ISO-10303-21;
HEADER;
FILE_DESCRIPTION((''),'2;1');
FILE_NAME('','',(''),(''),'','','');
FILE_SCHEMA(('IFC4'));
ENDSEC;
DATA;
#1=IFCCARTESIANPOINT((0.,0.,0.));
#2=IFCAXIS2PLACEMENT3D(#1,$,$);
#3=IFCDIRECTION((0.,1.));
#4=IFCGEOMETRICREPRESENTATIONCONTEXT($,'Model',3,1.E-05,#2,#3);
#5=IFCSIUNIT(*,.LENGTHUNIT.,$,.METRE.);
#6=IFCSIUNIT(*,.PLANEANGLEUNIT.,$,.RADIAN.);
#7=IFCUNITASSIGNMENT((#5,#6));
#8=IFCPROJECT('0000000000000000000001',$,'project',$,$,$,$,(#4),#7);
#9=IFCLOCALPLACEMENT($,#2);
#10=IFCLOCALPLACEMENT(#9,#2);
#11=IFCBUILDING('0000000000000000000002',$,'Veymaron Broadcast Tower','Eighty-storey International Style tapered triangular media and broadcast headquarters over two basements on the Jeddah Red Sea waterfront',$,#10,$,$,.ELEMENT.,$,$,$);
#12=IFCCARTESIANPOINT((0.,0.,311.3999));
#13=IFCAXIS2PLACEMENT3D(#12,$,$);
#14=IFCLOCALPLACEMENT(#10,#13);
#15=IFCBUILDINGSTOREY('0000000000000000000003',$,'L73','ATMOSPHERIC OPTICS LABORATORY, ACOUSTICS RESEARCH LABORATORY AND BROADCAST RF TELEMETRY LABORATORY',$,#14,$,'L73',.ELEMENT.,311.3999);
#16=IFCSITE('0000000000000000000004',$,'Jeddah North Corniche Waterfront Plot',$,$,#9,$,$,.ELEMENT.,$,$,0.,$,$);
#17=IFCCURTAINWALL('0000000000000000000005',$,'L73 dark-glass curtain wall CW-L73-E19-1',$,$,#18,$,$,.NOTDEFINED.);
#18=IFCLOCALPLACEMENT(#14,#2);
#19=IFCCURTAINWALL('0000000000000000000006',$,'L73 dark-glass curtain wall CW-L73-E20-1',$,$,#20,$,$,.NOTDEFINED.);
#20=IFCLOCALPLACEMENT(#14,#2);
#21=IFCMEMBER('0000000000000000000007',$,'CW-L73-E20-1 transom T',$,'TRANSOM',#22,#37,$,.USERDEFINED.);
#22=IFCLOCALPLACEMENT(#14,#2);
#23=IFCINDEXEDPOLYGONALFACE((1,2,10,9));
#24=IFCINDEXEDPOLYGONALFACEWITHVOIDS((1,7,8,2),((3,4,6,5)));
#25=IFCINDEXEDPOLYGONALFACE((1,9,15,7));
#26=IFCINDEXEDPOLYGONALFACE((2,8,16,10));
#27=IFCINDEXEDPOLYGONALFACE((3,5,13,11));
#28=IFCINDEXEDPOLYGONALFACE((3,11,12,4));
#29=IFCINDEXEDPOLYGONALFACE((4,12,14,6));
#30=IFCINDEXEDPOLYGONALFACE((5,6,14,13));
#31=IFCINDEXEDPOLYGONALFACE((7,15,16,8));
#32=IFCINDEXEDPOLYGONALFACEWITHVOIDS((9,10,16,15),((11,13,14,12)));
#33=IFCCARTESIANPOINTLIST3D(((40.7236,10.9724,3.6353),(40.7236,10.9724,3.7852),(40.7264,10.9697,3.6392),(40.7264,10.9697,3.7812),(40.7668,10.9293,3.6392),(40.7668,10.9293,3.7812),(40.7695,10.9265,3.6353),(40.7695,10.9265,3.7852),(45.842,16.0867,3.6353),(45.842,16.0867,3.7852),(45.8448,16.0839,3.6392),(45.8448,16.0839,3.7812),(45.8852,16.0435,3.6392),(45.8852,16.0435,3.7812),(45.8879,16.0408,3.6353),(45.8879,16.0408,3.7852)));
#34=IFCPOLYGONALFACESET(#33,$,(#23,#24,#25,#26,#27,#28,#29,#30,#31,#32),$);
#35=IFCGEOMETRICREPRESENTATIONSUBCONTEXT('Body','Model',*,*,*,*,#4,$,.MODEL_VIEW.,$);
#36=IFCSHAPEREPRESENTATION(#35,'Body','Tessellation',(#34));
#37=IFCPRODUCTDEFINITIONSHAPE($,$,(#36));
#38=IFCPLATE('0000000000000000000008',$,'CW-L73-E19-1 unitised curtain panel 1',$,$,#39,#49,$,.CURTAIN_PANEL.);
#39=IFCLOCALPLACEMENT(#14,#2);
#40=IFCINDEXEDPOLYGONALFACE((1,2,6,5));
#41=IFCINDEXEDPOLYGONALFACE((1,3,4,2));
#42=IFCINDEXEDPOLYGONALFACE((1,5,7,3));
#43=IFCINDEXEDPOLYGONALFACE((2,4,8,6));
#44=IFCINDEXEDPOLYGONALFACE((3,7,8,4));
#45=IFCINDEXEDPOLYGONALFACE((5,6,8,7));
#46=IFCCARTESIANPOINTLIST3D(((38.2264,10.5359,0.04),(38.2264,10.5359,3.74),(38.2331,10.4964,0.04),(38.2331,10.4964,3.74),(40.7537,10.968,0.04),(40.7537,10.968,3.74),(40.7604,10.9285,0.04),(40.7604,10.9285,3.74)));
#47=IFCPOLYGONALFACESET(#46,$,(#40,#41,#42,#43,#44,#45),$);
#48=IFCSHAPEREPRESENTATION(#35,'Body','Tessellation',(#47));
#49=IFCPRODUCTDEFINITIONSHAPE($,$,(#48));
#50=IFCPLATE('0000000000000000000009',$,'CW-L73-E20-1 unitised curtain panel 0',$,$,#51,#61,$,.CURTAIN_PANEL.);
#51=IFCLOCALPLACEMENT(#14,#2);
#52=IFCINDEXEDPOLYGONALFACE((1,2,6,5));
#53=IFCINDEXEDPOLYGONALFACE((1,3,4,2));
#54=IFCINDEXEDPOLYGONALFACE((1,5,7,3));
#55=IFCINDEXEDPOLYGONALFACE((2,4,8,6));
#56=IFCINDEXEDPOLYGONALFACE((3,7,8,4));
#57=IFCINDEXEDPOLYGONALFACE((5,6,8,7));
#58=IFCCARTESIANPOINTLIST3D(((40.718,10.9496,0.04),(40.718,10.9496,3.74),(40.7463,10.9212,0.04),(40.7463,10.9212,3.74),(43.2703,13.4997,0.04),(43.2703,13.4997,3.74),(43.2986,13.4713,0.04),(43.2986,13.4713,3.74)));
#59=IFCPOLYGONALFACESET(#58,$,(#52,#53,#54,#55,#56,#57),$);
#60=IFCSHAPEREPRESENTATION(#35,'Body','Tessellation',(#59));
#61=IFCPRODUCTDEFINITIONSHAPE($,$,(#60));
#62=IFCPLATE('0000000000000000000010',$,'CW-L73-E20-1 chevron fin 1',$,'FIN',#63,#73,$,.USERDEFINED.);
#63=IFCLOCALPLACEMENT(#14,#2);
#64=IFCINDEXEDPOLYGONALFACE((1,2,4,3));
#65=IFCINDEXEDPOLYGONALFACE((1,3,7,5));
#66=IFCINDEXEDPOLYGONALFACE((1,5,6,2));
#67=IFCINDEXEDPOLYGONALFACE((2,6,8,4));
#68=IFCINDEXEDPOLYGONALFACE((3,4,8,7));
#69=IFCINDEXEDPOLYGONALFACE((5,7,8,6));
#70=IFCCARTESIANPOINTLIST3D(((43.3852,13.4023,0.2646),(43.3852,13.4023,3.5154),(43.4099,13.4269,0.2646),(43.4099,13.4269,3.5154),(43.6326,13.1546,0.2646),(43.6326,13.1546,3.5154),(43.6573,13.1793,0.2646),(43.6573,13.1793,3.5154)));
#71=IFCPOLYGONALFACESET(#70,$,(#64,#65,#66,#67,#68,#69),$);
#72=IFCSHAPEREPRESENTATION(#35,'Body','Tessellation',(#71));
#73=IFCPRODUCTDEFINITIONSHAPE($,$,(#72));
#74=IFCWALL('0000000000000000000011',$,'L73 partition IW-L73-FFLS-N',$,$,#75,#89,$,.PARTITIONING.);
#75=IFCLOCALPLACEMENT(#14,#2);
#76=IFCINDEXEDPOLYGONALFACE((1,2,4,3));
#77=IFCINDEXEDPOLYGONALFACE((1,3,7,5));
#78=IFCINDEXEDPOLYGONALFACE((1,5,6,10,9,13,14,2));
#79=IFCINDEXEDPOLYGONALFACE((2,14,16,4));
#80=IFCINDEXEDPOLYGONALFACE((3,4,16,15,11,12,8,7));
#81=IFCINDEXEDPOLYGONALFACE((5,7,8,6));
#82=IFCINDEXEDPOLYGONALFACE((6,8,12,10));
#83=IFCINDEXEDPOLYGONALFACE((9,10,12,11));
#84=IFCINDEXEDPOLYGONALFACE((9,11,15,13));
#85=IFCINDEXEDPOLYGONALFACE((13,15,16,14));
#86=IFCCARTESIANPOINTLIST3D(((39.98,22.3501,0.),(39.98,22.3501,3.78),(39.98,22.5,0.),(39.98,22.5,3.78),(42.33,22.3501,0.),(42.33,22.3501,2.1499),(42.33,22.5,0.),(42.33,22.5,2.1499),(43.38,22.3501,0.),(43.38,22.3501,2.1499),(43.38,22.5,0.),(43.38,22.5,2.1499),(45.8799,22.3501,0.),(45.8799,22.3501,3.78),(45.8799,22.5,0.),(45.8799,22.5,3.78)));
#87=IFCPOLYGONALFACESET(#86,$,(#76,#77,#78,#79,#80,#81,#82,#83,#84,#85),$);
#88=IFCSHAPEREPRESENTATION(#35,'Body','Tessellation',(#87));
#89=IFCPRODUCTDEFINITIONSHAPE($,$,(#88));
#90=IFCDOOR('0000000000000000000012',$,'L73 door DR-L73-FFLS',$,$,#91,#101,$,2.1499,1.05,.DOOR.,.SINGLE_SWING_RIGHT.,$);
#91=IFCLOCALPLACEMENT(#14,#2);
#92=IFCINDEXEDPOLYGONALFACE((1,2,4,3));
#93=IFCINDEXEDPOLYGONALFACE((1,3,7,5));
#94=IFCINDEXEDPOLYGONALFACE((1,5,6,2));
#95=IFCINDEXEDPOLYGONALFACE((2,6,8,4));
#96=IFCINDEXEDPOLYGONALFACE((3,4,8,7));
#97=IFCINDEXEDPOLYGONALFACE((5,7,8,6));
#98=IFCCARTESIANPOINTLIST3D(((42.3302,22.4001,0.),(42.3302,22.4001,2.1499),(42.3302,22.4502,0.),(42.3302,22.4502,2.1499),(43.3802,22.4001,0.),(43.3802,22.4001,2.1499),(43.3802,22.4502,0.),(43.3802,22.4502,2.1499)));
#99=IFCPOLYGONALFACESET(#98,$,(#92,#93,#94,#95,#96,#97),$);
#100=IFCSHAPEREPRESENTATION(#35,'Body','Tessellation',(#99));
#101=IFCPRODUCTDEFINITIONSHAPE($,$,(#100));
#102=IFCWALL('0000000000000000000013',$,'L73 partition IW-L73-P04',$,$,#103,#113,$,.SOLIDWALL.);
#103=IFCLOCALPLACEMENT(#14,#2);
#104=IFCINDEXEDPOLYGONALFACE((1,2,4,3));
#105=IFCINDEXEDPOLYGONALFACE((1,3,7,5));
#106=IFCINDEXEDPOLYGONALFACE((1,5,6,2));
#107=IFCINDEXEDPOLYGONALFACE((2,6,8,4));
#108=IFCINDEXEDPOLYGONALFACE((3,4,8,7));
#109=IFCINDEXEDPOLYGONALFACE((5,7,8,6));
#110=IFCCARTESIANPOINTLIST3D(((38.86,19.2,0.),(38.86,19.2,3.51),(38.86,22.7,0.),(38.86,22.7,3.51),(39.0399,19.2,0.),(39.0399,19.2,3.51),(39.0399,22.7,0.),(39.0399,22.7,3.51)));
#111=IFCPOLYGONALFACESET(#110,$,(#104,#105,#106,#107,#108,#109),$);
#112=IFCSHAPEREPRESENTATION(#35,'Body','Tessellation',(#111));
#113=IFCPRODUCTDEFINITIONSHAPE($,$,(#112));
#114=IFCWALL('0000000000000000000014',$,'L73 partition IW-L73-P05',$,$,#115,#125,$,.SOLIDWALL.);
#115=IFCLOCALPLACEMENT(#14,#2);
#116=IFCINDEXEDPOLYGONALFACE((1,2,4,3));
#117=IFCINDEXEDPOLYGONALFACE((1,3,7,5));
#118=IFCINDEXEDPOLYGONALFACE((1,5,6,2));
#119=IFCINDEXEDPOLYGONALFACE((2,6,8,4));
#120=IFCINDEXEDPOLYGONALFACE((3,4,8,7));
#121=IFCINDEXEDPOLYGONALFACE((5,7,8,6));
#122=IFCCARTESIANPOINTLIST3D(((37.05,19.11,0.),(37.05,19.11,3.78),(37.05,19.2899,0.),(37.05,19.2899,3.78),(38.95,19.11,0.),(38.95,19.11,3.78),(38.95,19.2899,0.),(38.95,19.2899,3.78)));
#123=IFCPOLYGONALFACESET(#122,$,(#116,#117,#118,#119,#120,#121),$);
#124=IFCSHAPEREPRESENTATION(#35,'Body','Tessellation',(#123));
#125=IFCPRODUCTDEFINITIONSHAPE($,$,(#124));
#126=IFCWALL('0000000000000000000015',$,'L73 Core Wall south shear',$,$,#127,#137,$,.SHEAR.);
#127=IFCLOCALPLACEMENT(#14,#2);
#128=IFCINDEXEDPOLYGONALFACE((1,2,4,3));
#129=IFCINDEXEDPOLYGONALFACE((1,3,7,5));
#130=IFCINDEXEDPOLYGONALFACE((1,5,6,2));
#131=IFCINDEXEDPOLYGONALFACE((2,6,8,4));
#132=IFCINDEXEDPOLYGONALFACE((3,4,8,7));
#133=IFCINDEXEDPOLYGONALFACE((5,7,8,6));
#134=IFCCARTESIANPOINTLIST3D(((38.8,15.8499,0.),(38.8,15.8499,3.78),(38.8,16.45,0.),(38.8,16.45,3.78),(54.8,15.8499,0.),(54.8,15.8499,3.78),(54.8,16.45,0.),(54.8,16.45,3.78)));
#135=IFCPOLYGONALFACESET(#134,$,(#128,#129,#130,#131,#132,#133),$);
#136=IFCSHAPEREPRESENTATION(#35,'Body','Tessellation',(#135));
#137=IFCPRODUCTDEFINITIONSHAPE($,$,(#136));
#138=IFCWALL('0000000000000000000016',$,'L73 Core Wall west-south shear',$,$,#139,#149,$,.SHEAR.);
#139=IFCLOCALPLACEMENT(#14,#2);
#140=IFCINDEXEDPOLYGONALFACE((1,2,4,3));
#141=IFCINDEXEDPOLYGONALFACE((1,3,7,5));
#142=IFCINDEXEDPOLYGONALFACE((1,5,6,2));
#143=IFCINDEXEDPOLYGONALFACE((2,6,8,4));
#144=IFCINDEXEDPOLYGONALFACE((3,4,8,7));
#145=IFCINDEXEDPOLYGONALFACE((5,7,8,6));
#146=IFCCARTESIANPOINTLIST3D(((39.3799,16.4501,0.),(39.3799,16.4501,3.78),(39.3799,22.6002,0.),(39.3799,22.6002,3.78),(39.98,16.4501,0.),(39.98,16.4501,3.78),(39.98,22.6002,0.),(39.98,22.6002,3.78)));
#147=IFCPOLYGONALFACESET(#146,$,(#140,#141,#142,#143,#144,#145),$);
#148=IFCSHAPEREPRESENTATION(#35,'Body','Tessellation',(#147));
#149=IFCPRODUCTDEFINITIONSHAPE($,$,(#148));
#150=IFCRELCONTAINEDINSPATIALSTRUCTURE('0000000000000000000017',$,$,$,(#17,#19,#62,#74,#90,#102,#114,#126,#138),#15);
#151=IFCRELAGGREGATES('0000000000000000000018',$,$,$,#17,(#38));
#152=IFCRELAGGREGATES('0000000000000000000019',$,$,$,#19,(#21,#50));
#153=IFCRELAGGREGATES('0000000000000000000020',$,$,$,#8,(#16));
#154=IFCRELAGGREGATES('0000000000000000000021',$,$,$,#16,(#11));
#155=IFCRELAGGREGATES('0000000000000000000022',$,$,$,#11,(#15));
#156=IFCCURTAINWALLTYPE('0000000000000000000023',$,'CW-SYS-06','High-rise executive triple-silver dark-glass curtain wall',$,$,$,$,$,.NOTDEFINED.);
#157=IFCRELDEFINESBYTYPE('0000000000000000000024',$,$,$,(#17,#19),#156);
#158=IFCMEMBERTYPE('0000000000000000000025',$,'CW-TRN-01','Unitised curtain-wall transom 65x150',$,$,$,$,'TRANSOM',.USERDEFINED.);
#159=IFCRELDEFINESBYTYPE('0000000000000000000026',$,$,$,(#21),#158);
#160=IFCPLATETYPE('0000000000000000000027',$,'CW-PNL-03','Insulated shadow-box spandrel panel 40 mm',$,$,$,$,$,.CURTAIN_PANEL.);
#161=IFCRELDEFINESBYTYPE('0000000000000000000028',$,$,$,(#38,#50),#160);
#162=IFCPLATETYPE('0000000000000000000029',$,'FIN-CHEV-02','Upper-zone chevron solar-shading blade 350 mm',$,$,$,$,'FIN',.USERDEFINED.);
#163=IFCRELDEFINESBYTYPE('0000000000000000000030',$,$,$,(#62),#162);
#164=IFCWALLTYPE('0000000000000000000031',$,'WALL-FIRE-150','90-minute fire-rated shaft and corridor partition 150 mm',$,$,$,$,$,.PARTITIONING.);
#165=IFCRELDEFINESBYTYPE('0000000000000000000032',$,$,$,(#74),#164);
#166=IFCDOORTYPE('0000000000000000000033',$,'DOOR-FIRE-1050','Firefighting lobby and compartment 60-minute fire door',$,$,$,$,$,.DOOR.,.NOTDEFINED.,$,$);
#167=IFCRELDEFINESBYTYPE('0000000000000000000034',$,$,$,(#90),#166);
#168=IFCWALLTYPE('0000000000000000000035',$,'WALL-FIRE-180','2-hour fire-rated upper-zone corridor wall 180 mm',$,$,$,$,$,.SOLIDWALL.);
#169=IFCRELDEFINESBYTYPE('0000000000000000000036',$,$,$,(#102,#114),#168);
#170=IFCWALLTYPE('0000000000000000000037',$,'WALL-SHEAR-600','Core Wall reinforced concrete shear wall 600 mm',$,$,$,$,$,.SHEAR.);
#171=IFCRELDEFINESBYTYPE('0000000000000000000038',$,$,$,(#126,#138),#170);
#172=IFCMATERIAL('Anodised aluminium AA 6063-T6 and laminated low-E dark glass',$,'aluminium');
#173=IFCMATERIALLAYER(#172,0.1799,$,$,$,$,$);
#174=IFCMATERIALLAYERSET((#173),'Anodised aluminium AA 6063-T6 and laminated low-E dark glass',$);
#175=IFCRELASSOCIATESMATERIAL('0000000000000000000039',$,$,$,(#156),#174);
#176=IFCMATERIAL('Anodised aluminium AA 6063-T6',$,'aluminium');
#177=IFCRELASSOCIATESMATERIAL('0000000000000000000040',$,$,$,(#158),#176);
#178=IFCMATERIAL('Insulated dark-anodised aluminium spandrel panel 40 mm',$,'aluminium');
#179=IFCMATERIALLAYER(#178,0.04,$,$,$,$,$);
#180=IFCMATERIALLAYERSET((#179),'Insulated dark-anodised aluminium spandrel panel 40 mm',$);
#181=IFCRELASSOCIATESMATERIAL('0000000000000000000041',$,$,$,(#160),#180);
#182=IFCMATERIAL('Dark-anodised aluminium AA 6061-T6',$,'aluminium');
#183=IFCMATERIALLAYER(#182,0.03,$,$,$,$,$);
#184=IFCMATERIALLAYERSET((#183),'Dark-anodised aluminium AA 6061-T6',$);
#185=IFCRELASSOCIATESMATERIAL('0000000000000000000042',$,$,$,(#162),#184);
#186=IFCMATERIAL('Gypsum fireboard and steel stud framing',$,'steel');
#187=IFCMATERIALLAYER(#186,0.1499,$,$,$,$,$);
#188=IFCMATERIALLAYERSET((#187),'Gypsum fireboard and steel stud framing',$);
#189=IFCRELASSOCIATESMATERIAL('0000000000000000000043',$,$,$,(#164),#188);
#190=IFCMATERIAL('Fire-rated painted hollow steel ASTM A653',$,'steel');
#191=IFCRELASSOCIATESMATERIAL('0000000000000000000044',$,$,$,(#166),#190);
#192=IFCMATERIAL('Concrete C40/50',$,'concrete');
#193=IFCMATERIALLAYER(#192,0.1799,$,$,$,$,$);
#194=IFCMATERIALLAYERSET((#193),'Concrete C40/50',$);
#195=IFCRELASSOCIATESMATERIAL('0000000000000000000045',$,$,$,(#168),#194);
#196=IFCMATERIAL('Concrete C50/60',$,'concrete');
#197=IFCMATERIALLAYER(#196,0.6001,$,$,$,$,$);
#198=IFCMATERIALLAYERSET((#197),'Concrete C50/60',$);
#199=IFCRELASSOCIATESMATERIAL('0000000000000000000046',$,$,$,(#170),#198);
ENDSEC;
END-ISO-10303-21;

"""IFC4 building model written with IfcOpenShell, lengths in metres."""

from ifc_helpers import new_model, si_unit, direction, frame, frame_2d, origin, origin_2d, place, context, subcontext, project, spatial, rectangle, hollow_rectangle, extrude, material, layer, layer_set, material_profile, profile_set, type_object, element, fill, aggregate, save


model = new_model("IFC4")

# Units and contexts
model_context = context("Model", 3, precision=1e-05, world=origin(), true_north=direction((0.0, 1.0)))
body_context = subcontext(model_context, "Body", "Model", "MODEL_VIEW")
ifc_project = project(units=[si_unit("LENGTHUNIT", "METRE"), si_unit("PLANEANGLEUNIT", "RADIAN")], contexts=[model_context])

# Site, building, storey
site_placement = place(None, origin())
site = spatial("IfcSite", under=ifc_project, at=site_placement, Name="Jeddah North Corniche Waterfront Plot", CompositionType="ELEMENT", RefElevation=0.0)
building_placement = place(site_placement, origin())
building = spatial("IfcBuilding", under=site, at=building_placement, Name="Veymaron Broadcast Tower", Description="Eighty-storey International Style tapered triangular media and broadcast headquarters over two basements on the Jeddah Red Sea waterfront", CompositionType="ELEMENT")
storey_placement = place(building_placement, frame((0.0, 0.0, 311.3999)))
storey = spatial("IfcBuildingStorey", under=building, at=storey_placement, Name="L73", Description="ATMOSPHERIC OPTICS LABORATORY, ACOUSTICS RESEARCH LABORATORY AND BROADCAST RF TELEMETRY LABORATORY", LongName="L73", CompositionType="ELEMENT", Elevation=311.3999)

# Curtain walls, member
ifc_material_1 = material(Name="Anodised aluminium AA 6063-T6 and laminated low-E dark glass", Category="aluminium")
ifc_layer_1 = layer(ifc_material_1, 0.1799)
ifc_layer_set_1 = layer_set([ifc_layer_1], Name="Anodised aluminium AA 6063-T6 and laminated low-E dark glass")
curtain_wall_type = type_object("IfcCurtainWallType", Name="CW-SYS-06", Description="High-rise executive triple-silver dark-glass curtain wall", PredefinedType="NOTDEFINED", material=ifc_layer_set_1)
curtain_wall_1_placement = place(storey_placement, origin())
curtain_wall_1 = element("IfcCurtainWall", 1, at=curtain_wall_1_placement, inside=storey, type_object=curtain_wall_type, Name="L73 dark-glass curtain wall CW-L73-E19-1", PredefinedType="NOTDEFINED")
ifc_material_2 = material(Name="Anodised aluminium AA 6063-T6", Category="aluminium")
curtain_wall_2_placement = place(storey_placement, origin())
curtain_wall_2 = element("IfcCurtainWall", 2, at=curtain_wall_2_placement, inside=storey, type_object=curtain_wall_type, Name="L73 dark-glass curtain wall CW-L73-E20-1", PredefinedType="NOTDEFINED")
ifc_material_profile_1 = material_profile(ifc_material_2, hollow_rectangle(XDim=0.0649, YDim=0.1499, WallThickness=0.0039, at=origin_2d()), Name="AL150X65X4")
ifc_profile_set_1 = profile_set([ifc_material_profile_1], Name="Anodised aluminium AA 6063-T6")
member_type_1 = type_object("IfcMemberType", Name="CW-TRN-01", Description="Unitised curtain-wall transom 65x150", ElementType="TRANSOM", PredefinedType="USERDEFINED", material=ifc_profile_set_1)
member_1_placement = place(storey_placement, frame((40.7466, 10.9495, 3.7102), z_axis=(0.707394, 0.70682, 0.0), x_axis=(-0.70682, 0.707394, 0.0)))
member_1 = element("IfcMember", 3, at=member_1_placement, type_object=member_type_1, Name="CW-L73-E20-1 transom T", ObjectType="TRANSOM", PredefinedType="USERDEFINED", context=body_context, shape_type="SweptSolid", body=[
    extrude(hollow_rectangle(XDim=0.0649, YDim=0.1499, WallThickness=0.0039, at=origin_2d()), origin(), (0.0, 0.0, 1.0), 7.2356),
])

# Plates
ifc_material_3 = material(Name="Insulated dark-anodised aluminium spandrel panel 40 mm", Category="aluminium")
ifc_layer_2 = layer(ifc_material_3, 0.04)
ifc_layer_set_2 = layer_set([ifc_layer_2], Name="Insulated dark-anodised aluminium spandrel panel 40 mm")
plate_type_1 = type_object("IfcPlateType", Name="CW-PNL-03", Description="Insulated shadow-box spandrel panel 40 mm", PredefinedType="CURTAIN_PANEL", material=ifc_layer_set_2)
plate_1_placement = place(storey_placement, frame((39.4934, 10.7322, 0.04), z_axis=(0.0, 0.0, 1.0), x_axis=(0.985698, 0.168524, 0.0)))
plate_1 = element("IfcPlate", 4, at=plate_1_placement, type_object=plate_type_1, Name="CW-L73-E19-1 unitised curtain panel 1", PredefinedType="CURTAIN_PANEL", context=body_context, shape_type="SweptSolid", body=[
    extrude(rectangle(XDim=2.564, YDim=0.04, at=origin_2d()), origin(), (0.0, 0.0, 1.0), 3.7),
])
aggregate(curtain_wall_1, [plate_1])
plate_2_placement = place(storey_placement, frame((42.0083, 12.2104, 0.04), z_axis=(0.0, 0.0, 1.0), x_axis=(0.707403, 0.706811, 0.0)))
plate_2 = element("IfcPlate", 5, at=plate_2_placement, type_object=plate_type_1, Name="CW-L73-E20-1 unitised curtain panel 0", PredefinedType="CURTAIN_PANEL", context=body_context, shape_type="SweptSolid", body=[
    extrude(rectangle(XDim=3.6079, YDim=0.04, at=origin_2d()), origin(), (0.0, 0.0, 1.0), 3.7),
])
aggregate(curtain_wall_2, [member_1, plate_2])
ifc_material_4 = material(Name="Dark-anodised aluminium AA 6061-T6", Category="aluminium")
ifc_layer_3 = layer(ifc_material_4, 0.03)
ifc_layer_set_3 = layer_set([ifc_layer_3], Name="Dark-anodised aluminium AA 6061-T6")
plate_type_2 = type_object("IfcPlateType", Name="FIN-CHEV-02", Description="Upper-zone chevron solar-shading blade 350 mm", ElementType="FIN", PredefinedType="USERDEFINED", material=ifc_layer_set_3)
plate_3_placement = place(storey_placement, frame((43.5212, 13.2908, 0.2646), z_axis=(0.0, 0.0, 1.0), x_axis=(0.706811, -0.707403, 0.0)))
element("IfcPlate", 6, at=plate_3_placement, inside=storey, type_object=plate_type_2, Name="CW-L73-E20-1 chevron fin 1", ObjectType="FIN", PredefinedType="USERDEFINED", context=body_context, shape_type="SweptSolid", body=[
    extrude(rectangle(XDim=0.3501, YDim=0.0349, at=origin_2d()), origin(), (0.0, 0.0, 1.0), 3.2507),
])

# Wall, opening, door
ifc_material_5 = material(Name="Gypsum fireboard and steel stud framing", Category="steel")
ifc_layer_4 = layer(ifc_material_5, 0.1499)
ifc_layer_set_4 = layer_set([ifc_layer_4], Name="Gypsum fireboard and steel stud framing")
wall_type_1 = type_object("IfcWallType", Name="WALL-FIRE-150", Description="90-minute fire-rated shaft and corridor partition 150 mm", PredefinedType="PARTITIONING", material=ifc_layer_set_4)
wall_1_placement = place(storey_placement, frame((39.98, 22.425, 0.0), z_axis=(0.0, 0.0, 1.0), x_axis=(1.0, 0.0, 0.0)))
wall_1 = element("IfcWall", 7, at=wall_1_placement, inside=storey, type_object=wall_type_1, Name="L73 partition IW-L73-FFLS-N", PredefinedType="PARTITIONING", context=body_context, shape_type="SweptSolid", body=[
    extrude(rectangle(XDim=5.8999, YDim=0.1499, at=frame_2d((2.95, 0.0))), origin(), (0.0, 0.0, 1.0), 3.78),
])
opening_1_placement = place(wall_1_placement, frame((2.3501, 0.0, 0.0)))
opening_1 = element("IfcOpeningElement", 8, at=opening_1_placement, cuts=wall_1, PredefinedType="OPENING", context=body_context, shape_type="SweptSolid", body=[
    extrude(rectangle(XDim=1.05, YDim=2.1499, at=frame_2d((0.5249, 1.075))), frame((0.0, 0.085, 0.0), z_axis=(0.0, -1.0, 0.0), x_axis=(1.0, 0.0, 0.0)), (0.0, 0.0, 1.0), 0.1699),
])
ifc_material_6 = material(Name="Fire-rated painted hollow steel ASTM A653", Category="steel")
door_type_1 = type_object("IfcDoorType", Name="DOOR-FIRE-1050", Description="Firefighting lobby and compartment 60-minute fire door", OperationType="NOTDEFINED", PredefinedType="DOOR", material=ifc_material_6)
door_1_placement = place(opening_1_placement, frame((1.05, 0.0, 0.0), z_axis=(0.0, 0.0, 1.0), x_axis=(-1.0, 0.0, 0.0)))
door_1 = element("IfcDoor", 9, at=door_1_placement, inside=storey, type_object=door_type_1, Name="L73 door DR-L73-FFLS", OperationType="SINGLE_SWING_RIGHT", OverallHeight=2.1499, OverallWidth=1.05, PredefinedType="DOOR", context=body_context, shape_type="SweptSolid", body=[
    extrude(rectangle(XDim=1.05, YDim=2.1499, at=frame_2d((0.5249, 1.075))), frame((0.0, 0.0249, 0.0), z_axis=(0.0, -1.0, 0.0), x_axis=(1.0, 0.0, 0.0)), (0.0, 0.0, 1.0), 0.05),
])
fill(opening_1, door_1)

# Walls
ifc_material_7 = material(Name="Concrete C40/50", Category="concrete")
ifc_layer_5 = layer(ifc_material_7, 0.1799)
ifc_layer_set_5 = layer_set([ifc_layer_5], Name="Concrete C40/50")
wall_type_2 = type_object("IfcWallType", Name="WALL-FIRE-180", Description="2-hour fire-rated upper-zone corridor wall 180 mm", PredefinedType="SOLIDWALL", material=ifc_layer_set_5)
wall_2_placement = place(storey_placement, frame((38.95, 19.2, 0.0), z_axis=(0.0, 0.0, 1.0), x_axis=(0.0, 1.0, 0.0)))
element("IfcWall", 10, at=wall_2_placement, inside=storey, type_object=wall_type_2, Name="L73 partition IW-L73-P04", PredefinedType="SOLIDWALL", context=body_context, shape_type="SweptSolid", body=[
    extrude(rectangle(XDim=3.5, YDim=0.1799, at=frame_2d((1.75, 0.0))), origin(), (0.0, 0.0, 1.0), 3.51),
])
wall_3_placement = place(storey_placement, frame((37.05, 19.2, 0.0), z_axis=(0.0, 0.0, 1.0), x_axis=(1.0, 0.0, 0.0)))
element("IfcWall", 11, at=wall_3_placement, inside=storey, type_object=wall_type_2, Name="L73 partition IW-L73-P05", PredefinedType="SOLIDWALL", context=body_context, shape_type="SweptSolid", body=[
    extrude(rectangle(XDim=1.8999, YDim=0.1799, at=frame_2d((0.95, 0.0))), origin(), (0.0, 0.0, 1.0), 3.78),
])

# Shared definitions
ifc_material_8 = material(Name="Concrete C50/60", Category="concrete")

# Walls
ifc_layer_6 = layer(ifc_material_8, 0.6001)
ifc_layer_set_6 = layer_set([ifc_layer_6], Name="Concrete C50/60")
wall_type_3 = type_object("IfcWallType", Name="WALL-SHEAR-600", Description="Core Wall reinforced concrete shear wall 600 mm", PredefinedType="SHEAR", material=ifc_layer_set_6)
wall_4_placement = place(storey_placement, frame((38.8, 16.1499, 0.0), z_axis=(0.0, 0.0, 1.0), x_axis=(1.0, 0.0, 0.0)))
element("IfcWall", 12, at=wall_4_placement, inside=storey, type_object=wall_type_3, Name="L73 Core Wall south shear", PredefinedType="SHEAR", context=body_context, shape_type="SweptSolid", body=[
    extrude(rectangle(XDim=16.0, YDim=0.6001, at=frame_2d((8.0, 0.0))), origin(), (0.0, 0.0, 1.0), 3.78),
])
wall_5_placement = place(storey_placement, frame((39.6799, 16.45, 0.0), z_axis=(0.0, 0.0, 1.0), x_axis=(0.0, 1.0, 0.0)))
element("IfcWall", 13, at=wall_5_placement, inside=storey, type_object=wall_type_3, Name="L73 Core Wall west-south shear", PredefinedType="SHEAR", context=body_context, shape_type="SweptSolid", body=[
    extrude(rectangle(XDim=6.1501, YDim=0.6001, at=frame_2d((3.0752, 0.0))), origin(), (0.0, 0.0, 1.0), 3.78),
])

save(model, "model.ifc")
